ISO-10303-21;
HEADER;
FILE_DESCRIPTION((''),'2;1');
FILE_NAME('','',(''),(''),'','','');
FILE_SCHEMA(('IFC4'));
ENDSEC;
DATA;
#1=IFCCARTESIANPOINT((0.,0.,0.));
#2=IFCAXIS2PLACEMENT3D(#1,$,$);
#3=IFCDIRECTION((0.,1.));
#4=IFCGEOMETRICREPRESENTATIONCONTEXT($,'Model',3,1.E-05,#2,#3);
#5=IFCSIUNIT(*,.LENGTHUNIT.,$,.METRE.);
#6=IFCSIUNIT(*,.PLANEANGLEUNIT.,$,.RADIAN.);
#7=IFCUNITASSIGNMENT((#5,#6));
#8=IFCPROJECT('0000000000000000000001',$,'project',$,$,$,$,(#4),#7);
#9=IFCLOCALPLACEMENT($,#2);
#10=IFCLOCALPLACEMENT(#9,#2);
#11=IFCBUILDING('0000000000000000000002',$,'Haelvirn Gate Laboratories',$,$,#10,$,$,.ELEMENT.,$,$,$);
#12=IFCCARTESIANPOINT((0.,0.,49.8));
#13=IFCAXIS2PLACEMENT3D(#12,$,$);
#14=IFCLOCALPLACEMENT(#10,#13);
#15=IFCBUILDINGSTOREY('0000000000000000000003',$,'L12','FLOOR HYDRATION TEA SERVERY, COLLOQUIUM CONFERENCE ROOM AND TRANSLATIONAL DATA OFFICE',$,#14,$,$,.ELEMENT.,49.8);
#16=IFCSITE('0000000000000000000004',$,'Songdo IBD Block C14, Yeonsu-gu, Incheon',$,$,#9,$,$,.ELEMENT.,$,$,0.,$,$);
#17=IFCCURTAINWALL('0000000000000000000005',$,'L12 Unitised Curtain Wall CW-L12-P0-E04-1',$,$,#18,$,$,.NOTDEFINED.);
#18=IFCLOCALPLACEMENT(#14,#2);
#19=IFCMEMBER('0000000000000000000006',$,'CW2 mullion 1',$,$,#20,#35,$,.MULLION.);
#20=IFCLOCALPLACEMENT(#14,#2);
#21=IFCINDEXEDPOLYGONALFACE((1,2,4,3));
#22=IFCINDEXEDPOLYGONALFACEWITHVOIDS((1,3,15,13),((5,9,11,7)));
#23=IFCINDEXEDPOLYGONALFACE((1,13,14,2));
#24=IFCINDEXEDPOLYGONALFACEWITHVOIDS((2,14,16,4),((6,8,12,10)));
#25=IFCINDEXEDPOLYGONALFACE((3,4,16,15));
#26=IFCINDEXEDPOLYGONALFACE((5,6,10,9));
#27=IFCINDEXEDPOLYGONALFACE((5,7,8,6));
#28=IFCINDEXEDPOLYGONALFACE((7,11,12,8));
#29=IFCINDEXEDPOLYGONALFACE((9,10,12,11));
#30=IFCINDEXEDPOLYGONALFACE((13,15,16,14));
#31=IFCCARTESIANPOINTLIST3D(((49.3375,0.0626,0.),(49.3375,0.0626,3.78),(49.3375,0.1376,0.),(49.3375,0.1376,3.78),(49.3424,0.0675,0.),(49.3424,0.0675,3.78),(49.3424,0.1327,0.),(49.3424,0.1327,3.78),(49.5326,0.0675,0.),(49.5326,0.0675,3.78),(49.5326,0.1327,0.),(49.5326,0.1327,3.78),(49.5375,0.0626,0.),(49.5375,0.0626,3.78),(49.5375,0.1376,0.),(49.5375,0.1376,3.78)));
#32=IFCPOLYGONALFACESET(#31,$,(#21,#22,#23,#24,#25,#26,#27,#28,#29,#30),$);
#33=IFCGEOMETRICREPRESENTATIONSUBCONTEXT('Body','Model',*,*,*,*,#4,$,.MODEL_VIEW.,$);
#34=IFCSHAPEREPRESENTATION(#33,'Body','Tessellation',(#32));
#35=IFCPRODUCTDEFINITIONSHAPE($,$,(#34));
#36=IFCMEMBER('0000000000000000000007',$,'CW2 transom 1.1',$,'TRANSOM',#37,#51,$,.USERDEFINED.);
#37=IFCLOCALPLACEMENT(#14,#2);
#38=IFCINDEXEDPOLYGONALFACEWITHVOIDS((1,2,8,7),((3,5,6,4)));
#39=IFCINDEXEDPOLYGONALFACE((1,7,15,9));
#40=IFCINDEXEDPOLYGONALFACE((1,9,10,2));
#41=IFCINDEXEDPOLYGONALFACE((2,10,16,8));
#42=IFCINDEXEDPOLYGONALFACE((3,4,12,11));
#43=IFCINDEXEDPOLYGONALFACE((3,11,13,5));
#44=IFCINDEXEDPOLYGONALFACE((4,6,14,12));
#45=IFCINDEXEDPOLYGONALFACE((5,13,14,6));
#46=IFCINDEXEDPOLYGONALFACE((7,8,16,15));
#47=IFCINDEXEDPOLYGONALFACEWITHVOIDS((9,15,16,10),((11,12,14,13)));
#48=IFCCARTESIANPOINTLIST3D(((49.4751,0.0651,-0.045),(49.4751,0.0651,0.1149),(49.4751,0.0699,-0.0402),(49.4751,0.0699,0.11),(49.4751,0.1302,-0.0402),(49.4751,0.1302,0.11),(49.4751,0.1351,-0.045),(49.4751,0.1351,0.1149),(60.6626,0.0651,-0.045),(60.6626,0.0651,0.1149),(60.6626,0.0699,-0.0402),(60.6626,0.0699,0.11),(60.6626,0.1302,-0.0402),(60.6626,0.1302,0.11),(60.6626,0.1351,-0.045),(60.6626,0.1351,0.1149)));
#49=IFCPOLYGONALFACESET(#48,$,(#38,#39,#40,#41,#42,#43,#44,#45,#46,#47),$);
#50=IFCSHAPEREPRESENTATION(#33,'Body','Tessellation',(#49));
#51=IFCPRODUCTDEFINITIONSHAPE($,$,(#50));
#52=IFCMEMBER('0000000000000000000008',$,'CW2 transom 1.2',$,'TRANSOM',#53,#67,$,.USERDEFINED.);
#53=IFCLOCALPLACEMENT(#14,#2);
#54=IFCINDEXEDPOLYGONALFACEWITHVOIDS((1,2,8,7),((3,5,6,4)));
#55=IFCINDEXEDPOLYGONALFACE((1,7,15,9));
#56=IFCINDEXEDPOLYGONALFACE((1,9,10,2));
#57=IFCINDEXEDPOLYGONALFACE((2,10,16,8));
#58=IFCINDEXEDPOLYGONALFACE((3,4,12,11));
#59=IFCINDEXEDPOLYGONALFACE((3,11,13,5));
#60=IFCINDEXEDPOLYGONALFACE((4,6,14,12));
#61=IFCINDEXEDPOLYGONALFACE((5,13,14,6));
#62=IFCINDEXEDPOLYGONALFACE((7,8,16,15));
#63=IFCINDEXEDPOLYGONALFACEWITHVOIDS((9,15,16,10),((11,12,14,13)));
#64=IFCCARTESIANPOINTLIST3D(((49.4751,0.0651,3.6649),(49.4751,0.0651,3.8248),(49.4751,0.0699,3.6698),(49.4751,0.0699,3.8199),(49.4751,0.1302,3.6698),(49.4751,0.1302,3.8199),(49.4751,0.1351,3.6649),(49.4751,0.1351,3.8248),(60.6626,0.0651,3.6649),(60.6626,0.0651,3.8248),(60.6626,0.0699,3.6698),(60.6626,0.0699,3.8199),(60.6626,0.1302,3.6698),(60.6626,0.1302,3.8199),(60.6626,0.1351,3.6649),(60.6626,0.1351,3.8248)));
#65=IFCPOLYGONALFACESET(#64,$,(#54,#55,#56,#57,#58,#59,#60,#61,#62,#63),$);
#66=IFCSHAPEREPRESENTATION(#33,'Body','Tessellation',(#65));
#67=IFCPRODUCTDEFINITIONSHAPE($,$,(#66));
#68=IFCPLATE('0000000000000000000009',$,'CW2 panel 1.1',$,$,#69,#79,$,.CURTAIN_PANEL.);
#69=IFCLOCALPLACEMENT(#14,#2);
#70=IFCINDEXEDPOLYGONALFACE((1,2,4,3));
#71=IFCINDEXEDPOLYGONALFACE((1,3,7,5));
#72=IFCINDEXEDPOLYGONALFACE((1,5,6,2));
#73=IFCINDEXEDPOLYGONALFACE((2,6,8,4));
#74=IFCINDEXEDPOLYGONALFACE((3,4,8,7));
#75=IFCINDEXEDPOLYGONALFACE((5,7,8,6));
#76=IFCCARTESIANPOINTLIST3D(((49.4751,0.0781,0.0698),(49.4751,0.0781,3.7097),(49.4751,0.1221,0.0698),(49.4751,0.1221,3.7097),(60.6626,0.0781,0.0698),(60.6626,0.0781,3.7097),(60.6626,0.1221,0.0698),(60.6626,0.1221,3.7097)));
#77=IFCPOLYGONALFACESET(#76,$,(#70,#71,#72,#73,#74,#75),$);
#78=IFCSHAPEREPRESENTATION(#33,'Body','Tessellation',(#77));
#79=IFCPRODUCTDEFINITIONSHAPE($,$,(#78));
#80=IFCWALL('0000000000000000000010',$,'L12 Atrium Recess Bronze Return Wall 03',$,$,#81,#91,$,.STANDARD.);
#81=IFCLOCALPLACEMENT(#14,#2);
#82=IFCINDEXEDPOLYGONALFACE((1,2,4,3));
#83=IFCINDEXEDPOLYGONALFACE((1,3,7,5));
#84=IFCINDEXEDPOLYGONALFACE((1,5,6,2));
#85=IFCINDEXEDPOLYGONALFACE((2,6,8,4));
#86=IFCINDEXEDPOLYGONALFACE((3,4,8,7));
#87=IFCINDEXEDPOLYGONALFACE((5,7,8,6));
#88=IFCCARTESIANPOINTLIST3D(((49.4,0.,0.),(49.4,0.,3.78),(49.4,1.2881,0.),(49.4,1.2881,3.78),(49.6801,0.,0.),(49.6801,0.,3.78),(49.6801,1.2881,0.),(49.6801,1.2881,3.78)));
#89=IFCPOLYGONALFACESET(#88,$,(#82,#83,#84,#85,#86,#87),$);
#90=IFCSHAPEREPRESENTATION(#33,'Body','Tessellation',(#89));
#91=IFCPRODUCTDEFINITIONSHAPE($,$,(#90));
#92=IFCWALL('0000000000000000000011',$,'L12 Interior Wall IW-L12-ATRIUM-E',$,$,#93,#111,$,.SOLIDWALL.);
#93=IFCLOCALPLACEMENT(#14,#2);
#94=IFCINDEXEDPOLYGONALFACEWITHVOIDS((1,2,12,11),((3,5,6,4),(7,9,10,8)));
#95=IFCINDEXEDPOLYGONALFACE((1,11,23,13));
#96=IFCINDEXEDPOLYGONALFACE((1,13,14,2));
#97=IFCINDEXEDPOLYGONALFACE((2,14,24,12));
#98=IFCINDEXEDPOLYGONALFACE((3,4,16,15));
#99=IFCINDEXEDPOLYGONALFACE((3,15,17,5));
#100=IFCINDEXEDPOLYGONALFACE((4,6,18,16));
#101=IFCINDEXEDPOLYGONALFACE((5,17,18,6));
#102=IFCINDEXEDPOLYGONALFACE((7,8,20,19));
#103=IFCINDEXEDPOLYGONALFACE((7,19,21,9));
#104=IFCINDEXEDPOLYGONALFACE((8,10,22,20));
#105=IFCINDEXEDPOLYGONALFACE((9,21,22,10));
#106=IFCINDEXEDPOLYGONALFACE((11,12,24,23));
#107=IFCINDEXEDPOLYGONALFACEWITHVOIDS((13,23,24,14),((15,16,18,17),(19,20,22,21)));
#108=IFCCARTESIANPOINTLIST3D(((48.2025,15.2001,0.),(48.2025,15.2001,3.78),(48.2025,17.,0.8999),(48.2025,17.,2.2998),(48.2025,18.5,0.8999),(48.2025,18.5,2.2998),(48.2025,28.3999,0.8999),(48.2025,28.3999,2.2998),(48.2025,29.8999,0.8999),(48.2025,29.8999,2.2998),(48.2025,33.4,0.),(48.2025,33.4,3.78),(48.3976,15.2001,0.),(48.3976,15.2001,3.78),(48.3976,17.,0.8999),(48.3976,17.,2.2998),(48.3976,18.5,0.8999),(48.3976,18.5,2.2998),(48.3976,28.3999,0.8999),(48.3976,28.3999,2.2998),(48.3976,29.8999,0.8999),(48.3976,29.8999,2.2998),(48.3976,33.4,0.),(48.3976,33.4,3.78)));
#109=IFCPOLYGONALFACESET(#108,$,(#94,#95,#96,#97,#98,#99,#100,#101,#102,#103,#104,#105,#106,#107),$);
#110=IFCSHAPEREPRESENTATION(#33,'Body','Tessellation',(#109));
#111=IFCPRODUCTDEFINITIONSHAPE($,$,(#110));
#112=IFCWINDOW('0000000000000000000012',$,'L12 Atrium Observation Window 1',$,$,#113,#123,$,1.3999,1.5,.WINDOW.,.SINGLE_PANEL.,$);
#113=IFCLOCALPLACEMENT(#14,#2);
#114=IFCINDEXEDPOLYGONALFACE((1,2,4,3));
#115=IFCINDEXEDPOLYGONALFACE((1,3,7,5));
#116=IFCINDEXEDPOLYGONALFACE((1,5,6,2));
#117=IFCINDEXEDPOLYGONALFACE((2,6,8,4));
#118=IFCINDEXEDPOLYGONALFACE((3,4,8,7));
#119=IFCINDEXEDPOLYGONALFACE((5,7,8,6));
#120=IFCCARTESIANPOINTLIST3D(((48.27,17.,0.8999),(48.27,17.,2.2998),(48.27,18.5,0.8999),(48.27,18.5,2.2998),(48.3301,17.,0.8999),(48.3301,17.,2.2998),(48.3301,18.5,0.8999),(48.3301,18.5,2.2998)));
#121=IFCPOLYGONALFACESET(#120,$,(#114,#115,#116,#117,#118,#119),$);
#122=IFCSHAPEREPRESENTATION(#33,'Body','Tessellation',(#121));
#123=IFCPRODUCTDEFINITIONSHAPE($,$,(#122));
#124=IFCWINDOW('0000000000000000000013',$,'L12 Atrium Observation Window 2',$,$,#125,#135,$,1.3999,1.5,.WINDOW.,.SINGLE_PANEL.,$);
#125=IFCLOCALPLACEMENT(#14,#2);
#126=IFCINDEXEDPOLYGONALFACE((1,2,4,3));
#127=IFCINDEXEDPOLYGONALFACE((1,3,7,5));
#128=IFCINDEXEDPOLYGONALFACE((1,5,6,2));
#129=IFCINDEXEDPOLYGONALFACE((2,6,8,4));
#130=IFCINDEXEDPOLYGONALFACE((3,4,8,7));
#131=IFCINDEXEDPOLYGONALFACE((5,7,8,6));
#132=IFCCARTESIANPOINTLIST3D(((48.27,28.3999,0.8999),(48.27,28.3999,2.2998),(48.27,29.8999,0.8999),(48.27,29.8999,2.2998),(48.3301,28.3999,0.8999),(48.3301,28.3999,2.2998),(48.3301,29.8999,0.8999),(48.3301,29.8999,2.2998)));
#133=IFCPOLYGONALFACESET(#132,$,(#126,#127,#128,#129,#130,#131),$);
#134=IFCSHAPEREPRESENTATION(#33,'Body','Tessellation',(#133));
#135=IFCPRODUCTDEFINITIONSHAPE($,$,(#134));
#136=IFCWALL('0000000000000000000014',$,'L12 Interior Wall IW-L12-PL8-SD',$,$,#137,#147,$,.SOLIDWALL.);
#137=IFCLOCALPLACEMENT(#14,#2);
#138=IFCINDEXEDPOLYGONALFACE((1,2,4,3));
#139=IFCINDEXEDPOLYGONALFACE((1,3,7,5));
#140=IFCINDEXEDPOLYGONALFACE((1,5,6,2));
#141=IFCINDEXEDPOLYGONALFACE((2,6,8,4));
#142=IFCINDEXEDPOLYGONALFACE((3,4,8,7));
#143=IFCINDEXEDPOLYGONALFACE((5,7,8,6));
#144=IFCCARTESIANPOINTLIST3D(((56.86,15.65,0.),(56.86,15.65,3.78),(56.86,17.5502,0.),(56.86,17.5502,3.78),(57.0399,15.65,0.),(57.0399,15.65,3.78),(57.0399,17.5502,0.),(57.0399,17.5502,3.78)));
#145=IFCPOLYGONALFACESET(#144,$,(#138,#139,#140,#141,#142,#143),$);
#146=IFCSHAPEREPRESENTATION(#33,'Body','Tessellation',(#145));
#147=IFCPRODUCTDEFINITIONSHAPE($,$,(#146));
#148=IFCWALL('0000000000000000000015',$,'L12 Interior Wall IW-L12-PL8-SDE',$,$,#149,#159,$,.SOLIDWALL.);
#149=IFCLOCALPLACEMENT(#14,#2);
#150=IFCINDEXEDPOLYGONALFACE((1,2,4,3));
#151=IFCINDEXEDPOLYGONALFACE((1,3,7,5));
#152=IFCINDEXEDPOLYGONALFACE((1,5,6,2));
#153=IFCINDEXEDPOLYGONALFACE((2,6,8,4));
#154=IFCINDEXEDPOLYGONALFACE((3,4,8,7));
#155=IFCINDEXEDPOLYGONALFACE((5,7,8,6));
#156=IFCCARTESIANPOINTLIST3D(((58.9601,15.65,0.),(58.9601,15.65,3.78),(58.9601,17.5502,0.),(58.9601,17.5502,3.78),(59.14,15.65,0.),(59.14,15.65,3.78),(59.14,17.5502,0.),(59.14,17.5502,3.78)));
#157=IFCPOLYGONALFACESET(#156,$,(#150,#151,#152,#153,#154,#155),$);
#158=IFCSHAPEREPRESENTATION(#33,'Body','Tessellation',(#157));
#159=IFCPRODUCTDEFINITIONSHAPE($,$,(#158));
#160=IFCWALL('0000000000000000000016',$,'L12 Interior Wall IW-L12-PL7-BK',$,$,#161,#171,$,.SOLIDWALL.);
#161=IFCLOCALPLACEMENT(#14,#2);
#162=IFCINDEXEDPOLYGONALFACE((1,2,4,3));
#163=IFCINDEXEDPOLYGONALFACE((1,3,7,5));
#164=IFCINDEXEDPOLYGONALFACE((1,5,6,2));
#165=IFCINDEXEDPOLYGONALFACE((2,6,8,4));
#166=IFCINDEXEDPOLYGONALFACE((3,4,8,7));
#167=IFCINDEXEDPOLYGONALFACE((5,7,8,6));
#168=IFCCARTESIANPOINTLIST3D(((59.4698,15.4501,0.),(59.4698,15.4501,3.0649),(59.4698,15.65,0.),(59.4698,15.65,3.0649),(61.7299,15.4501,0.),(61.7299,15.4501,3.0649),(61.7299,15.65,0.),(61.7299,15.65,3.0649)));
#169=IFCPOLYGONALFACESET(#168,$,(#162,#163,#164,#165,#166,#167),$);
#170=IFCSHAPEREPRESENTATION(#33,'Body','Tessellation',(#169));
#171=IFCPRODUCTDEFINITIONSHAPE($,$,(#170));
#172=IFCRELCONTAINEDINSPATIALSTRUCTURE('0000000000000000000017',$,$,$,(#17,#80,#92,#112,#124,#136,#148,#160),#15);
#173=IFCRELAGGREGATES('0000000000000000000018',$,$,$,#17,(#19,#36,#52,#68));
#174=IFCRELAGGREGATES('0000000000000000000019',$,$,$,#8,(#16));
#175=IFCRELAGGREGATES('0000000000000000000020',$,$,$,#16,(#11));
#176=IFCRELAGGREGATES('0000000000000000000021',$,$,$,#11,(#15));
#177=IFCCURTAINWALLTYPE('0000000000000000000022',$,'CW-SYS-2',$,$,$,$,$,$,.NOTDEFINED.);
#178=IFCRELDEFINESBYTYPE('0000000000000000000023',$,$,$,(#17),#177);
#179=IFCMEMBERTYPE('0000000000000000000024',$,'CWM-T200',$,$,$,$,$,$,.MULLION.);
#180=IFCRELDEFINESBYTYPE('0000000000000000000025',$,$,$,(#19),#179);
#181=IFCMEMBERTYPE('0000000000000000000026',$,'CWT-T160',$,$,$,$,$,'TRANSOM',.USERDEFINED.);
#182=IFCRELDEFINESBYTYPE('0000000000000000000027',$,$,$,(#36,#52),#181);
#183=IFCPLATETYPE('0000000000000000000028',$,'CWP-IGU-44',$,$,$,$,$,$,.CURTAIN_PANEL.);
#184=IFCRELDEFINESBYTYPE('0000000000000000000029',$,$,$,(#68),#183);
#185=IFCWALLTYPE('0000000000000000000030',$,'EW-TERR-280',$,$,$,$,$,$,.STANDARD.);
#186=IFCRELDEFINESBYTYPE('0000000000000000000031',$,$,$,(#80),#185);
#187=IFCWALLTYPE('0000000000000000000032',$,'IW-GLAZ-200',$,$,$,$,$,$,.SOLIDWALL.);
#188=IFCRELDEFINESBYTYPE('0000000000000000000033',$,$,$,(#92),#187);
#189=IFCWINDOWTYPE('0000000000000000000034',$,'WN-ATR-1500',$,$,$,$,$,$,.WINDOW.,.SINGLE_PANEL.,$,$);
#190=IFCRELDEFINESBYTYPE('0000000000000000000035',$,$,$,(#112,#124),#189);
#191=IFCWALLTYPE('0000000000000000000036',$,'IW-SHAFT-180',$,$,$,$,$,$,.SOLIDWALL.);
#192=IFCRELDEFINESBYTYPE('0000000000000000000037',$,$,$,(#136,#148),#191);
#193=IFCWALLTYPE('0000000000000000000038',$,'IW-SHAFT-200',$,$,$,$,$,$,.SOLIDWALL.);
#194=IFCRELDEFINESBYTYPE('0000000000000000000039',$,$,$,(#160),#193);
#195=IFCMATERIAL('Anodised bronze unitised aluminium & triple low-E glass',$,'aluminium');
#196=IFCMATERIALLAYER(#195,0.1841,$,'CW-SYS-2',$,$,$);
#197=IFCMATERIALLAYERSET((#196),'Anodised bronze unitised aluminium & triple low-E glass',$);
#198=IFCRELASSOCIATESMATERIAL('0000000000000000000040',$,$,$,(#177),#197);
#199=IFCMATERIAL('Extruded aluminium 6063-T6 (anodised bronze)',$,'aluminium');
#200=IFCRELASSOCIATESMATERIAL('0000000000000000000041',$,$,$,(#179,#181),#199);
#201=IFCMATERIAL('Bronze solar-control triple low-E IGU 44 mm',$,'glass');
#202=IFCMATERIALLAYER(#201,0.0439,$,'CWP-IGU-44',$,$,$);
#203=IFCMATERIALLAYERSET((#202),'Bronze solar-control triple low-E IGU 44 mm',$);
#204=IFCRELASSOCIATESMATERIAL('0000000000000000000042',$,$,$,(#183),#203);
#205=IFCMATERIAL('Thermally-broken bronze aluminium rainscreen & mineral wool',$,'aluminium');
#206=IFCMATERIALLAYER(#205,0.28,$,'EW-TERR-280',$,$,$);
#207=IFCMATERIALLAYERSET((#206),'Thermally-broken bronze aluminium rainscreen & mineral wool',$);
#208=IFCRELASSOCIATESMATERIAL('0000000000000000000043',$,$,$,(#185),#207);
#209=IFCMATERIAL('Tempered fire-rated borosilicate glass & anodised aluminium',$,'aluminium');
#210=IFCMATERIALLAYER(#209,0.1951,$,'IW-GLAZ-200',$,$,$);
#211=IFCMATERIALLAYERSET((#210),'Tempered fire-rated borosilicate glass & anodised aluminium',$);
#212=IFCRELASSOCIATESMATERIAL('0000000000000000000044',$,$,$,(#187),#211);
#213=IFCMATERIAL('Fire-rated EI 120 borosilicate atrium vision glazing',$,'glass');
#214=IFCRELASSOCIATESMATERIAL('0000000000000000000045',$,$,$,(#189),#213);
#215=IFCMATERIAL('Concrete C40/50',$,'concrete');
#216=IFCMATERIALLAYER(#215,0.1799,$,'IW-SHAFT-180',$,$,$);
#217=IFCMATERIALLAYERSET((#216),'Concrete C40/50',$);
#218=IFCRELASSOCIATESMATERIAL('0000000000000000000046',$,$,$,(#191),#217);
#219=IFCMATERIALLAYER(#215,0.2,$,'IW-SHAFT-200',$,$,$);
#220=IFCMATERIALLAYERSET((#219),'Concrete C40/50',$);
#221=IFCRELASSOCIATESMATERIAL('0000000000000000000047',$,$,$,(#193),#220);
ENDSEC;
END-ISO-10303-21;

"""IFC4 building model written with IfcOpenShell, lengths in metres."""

from ifc_helpers import new_model, si_unit, direction, frame, frame_2d, origin, origin_2d, place, context, subcontext, project, spatial, rectangle, hollow_rectangle, extrude, source, transform, mapped, material, layer, layer_set, material_profile, profile_set, type_object, type_shapes, element, fill, aggregate, save


model = new_model("IFC4")

# Units and contexts
model_context = context("Model", 3, precision=1e-05, world=origin(), true_north=direction((0.0, 1.0)))
body_context = subcontext(model_context, "Body", "Model", "MODEL_VIEW")
ifc_project = project(units=[si_unit("LENGTHUNIT", "METRE"), si_unit("PLANEANGLEUNIT", "RADIAN")], contexts=[model_context])

# Site, building, storey
site_placement = place(None, origin())
site = spatial("IfcSite", under=ifc_project, at=site_placement, Name="Songdo IBD Block C14, Yeonsu-gu, Incheon", CompositionType="ELEMENT", RefElevation=0.0)
building_placement = place(site_placement, origin())
building = spatial("IfcBuilding", under=site, at=building_placement, Name="Haelvirn Gate Laboratories", CompositionType="ELEMENT")
storey_placement = place(building_placement, frame((0.0, 0.0, 49.8)))
storey = spatial("IfcBuildingStorey", under=building, at=storey_placement, Name="L12", Description="FLOOR HYDRATION TEA SERVERY, COLLOQUIUM CONFERENCE ROOM AND TRANSLATIONAL DATA OFFICE", CompositionType="ELEMENT", Elevation=49.8)

# Shared definitions
ifc_material_1 = material(Name="Anodised bronze unitised aluminium & triple low-E glass", Category="aluminium")
ifc_layer_1 = layer(ifc_material_1, 0.1841, Name="CW-SYS-2")
ifc_layer_set_1 = layer_set([ifc_layer_1], Name="Anodised bronze unitised aluminium & triple low-E glass")
curtain_wall_type = type_object("IfcCurtainWallType", Name="CW-SYS-2", PredefinedType="NOTDEFINED", material=ifc_layer_set_1)
ifc_material_2 = material(Name="Extruded aluminium 6063-T6 (anodised bronze)", Category="aluminium")
ifc_material_profile_1 = material_profile(ifc_material_2, hollow_rectangle(XDim=0.075, YDim=0.2, WallThickness=0.0049, at=origin_2d()), Name="CWM-200x75x5")
ifc_profile_set_1 = profile_set([ifc_material_profile_1], Name="Extruded aluminium 6063-T6 (anodised bronze)")
member_type_1 = type_object("IfcMemberType", Name="CWM-T200", PredefinedType="MULLION", material=ifc_profile_set_1)
shared_shape_1 = source(origin(), body_context, "Body", "SweptSolid", [
    extrude(hollow_rectangle(XDim=0.075, YDim=0.2, WallThickness=0.0049, at=origin_2d()), origin(), (0.0, 0.0, 1.0), 3.78),
])
type_shapes(member_type_1, [shared_shape_1])

# Curtain wall, members, plate
curtain_wall_1_placement = place(storey_placement, origin())
curtain_wall_1 = element("IfcCurtainWall", 1, at=curtain_wall_1_placement, inside=storey, type_object=curtain_wall_type, Name="L12 Unitised Curtain Wall CW-L12-P0-E04-1", PredefinedType="NOTDEFINED")
member_1_placement = place(storey_placement, frame((49.4375, 0.1001, 0.0), z_axis=(0.0, 0.0, 1.0), x_axis=(0.0, 1.0, 0.0)))
member_1 = element("IfcMember", 2, at=member_1_placement, type_object=member_type_1, Name="CW2 mullion 1", PredefinedType="MULLION", context=body_context, shape_type="MappedRepresentation", body=[
    mapped(shared_shape_1, transform((0.0, 0.0, 0.0), scale=1.0)),
])
ifc_material_profile_2 = material_profile(ifc_material_2, hollow_rectangle(XDim=0.0701, YDim=0.1599, WallThickness=0.0049, at=origin_2d()), Name="CWT-160x70x5")
ifc_profile_set_2 = profile_set([ifc_material_profile_2], Name="Extruded aluminium 6063-T6 (anodised bronze)")
member_type_2 = type_object("IfcMemberType", Name="CWT-T160", ElementType="TRANSOM", PredefinedType="USERDEFINED", material=ifc_profile_set_2)
shared_shape_2 = source(origin(), body_context, "Body", "SweptSolid", [
    extrude(hollow_rectangle(XDim=0.0701, YDim=0.1599, WallThickness=0.0049, at=origin_2d()), origin(), (0.0, 0.0, 1.0), 11.1875),
])
type_shapes(member_type_2, [shared_shape_2])
member_2_placement = place(storey_placement, frame((49.4751, 0.1001, 0.0349), z_axis=(1.0, 0.0, 0.0), x_axis=(0.0, 1.0, 0.0)))
member_2 = element("IfcMember", 3, at=member_2_placement, type_object=member_type_2, Name="CW2 transom 1.1", ObjectType="TRANSOM", PredefinedType="USERDEFINED", context=body_context, shape_type="MappedRepresentation", body=[
    mapped(shared_shape_2, transform((0.0, 0.0, 0.0), scale=1.0)),
])
member_3_placement = place(storey_placement, frame((49.4751, 0.1001, 3.7449), z_axis=(1.0, 0.0, 0.0), x_axis=(0.0, 1.0, 0.0)))
member_3 = element("IfcMember", 4, at=member_3_placement, type_object=member_type_2, Name="CW2 transom 1.2", ObjectType="TRANSOM", PredefinedType="USERDEFINED", context=body_context, shape_type="MappedRepresentation", body=[
    mapped(shared_shape_2, transform((0.0, 0.0, 0.0), scale=1.0)),
])
ifc_material_3 = material(Name="Bronze solar-control triple low-E IGU 44 mm", Category="glass")
ifc_layer_2 = layer(ifc_material_3, 0.0439, Name="CWP-IGU-44")
ifc_layer_set_2 = layer_set([ifc_layer_2], Name="Bronze solar-control triple low-E IGU 44 mm")
plate_type = type_object("IfcPlateType", Name="CWP-IGU-44", PredefinedType="CURTAIN_PANEL", material=ifc_layer_set_2)
shared_shape_3 = source(origin(), body_context, "Body", "SweptSolid", [
    extrude(rectangle(XDim=11.1875, YDim=0.0439, at=origin_2d()), origin(), (0.0, 0.0, 1.0), 3.6399),
])
type_shapes(plate_type, [shared_shape_3])
plate_placement = place(storey_placement, frame((55.0688, 0.1001, 0.0698), z_axis=(0.0, 0.0, 1.0), x_axis=(1.0, 0.0, 0.0)))
plate = element("IfcPlate", 5, at=plate_placement, type_object=plate_type, Name="CW2 panel 1.1", PredefinedType="CURTAIN_PANEL", context=body_context, shape_type="MappedRepresentation", body=[
    mapped(shared_shape_3, transform((0.0, 0.0, 0.0), scale=1.0)),
])
aggregate(curtain_wall_1, [member_1, member_2, member_3, plate])

# Wall
ifc_material_4 = material(Name="Thermally-broken bronze aluminium rainscreen & mineral wool", Category="aluminium")
ifc_layer_3 = layer(ifc_material_4, 0.28, Name="EW-TERR-280")
ifc_layer_set_3 = layer_set([ifc_layer_3], Name="Thermally-broken bronze aluminium rainscreen & mineral wool")
wall_type_1 = type_object("IfcWallType", Name="EW-TERR-280", PredefinedType="STANDARD", material=ifc_layer_set_3)
wall_1_placement = place(storey_placement, frame((49.54, 1.2881, 0.0), z_axis=(0.0, 0.0, 1.0), x_axis=(0.0, -1.0, 0.0)))
element("IfcWall", 6, at=wall_1_placement, inside=storey, type_object=wall_type_1, Name="L12 Atrium Recess Bronze Return Wall 03", PredefinedType="STANDARD", context=body_context, shape_type="SweptSolid", body=[
    extrude(rectangle(XDim=1.2881, YDim=0.28, at=frame_2d((0.644, 0.0))), origin(), (0.0, 0.0, 1.0), 3.78),
])

# Wall, openings, windows
ifc_material_5 = material(Name="Tempered fire-rated borosilicate glass & anodised aluminium", Category="aluminium")
ifc_layer_4 = layer(ifc_material_5, 0.1951, Name="IW-GLAZ-200")
ifc_layer_set_4 = layer_set([ifc_layer_4], Name="Tempered fire-rated borosilicate glass & anodised aluminium")
wall_type_2 = type_object("IfcWallType", Name="IW-GLAZ-200", PredefinedType="SOLIDWALL", material=ifc_layer_set_4)
wall_2_placement = place(storey_placement, frame((48.3, 15.2, 0.0), z_axis=(0.0, 0.0, 1.0), x_axis=(0.0, 1.0, 0.0)))
wall_2 = element("IfcWall", 7, at=wall_2_placement, inside=storey, type_object=wall_type_2, Name="L12 Interior Wall IW-L12-ATRIUM-E", PredefinedType="SOLIDWALL", context=body_context, shape_type="SweptSolid", body=[
    extrude(rectangle(XDim=18.2, YDim=0.1951, at=frame_2d((9.1001, 0.0))), origin(), (0.0, 0.0, 1.0), 3.78),
])
opening_1_placement = place(wall_2_placement, frame((1.8, 0.0, 0.8999)))
opening_1 = element("IfcOpeningElement", 8, at=opening_1_placement, cuts=wall_2, PredefinedType="OPENING", context=body_context, shape_type="SweptSolid", body=[
    extrude(rectangle(XDim=1.5, YDim=1.3999, at=frame_2d((0.75, 0.7))), frame((0.0, 0.1074, 0.0), z_axis=(0.0, -1.0, 0.0), x_axis=(1.0, 0.0, 0.0)), (0.0, 0.0, 1.0), 0.2151),
])
opening_2_placement = place(wall_2_placement, frame((13.2, 0.0, 0.8999)))
opening_2 = element("IfcOpeningElement", 9, at=opening_2_placement, cuts=wall_2, PredefinedType="OPENING", context=body_context, shape_type="SweptSolid", body=[
    extrude(rectangle(XDim=1.5, YDim=1.3999, at=frame_2d((0.75, 0.7))), frame((0.0, 0.1074, 0.0), z_axis=(0.0, -1.0, 0.0), x_axis=(1.0, 0.0, 0.0)), (0.0, 0.0, 1.0), 0.2151),
])
ifc_material_6 = material(Name="Fire-rated EI 120 borosilicate atrium vision glazing", Category="glass")
window_type = type_object("IfcWindowType", Name="WN-ATR-1500", PartitioningType="SINGLE_PANEL", PredefinedType="WINDOW", material=ifc_material_6)
shared_shape_4 = source(origin(), body_context, "Body", "SweptSolid", [
    extrude(rectangle(XDim=1.5, YDim=1.3999, at=frame_2d((0.75, 0.7))), frame((0.0, 0.03, 0.0), z_axis=(0.0, -1.0, 0.0), x_axis=(1.0, 0.0, 0.0)), (0.0, 0.0, 1.0), 0.0601),
])
type_shapes(window_type, [shared_shape_4])
window_1_placement = place(opening_1_placement, origin())
window_1 = element("IfcWindow", 10, at=window_1_placement, inside=storey, type_object=window_type, Name="L12 Atrium Observation Window 1", OverallHeight=1.3999, OverallWidth=1.5, PartitioningType="SINGLE_PANEL", PredefinedType="WINDOW", context=body_context, shape_type="MappedRepresentation", body=[
    mapped(shared_shape_4, transform((0.0, 0.0, 0.0), scale=1.0)),
])
fill(opening_1, window_1)
window_2_placement = place(opening_2_placement, origin())
window_2 = element("IfcWindow", 11, at=window_2_placement, inside=storey, type_object=window_type, Name="L12 Atrium Observation Window 2", OverallHeight=1.3999, OverallWidth=1.5, PartitioningType="SINGLE_PANEL", PredefinedType="WINDOW", context=body_context, shape_type="MappedRepresentation", body=[
    mapped(shared_shape_4, transform((0.0, 0.0, 0.0), scale=1.0)),
])
fill(opening_2, window_2)

# Walls
ifc_material_7 = material(Name="Concrete C40/50", Category="concrete")
ifc_layer_5 = layer(ifc_material_7, 0.1799, Name="IW-SHAFT-180")
ifc_layer_set_5 = layer_set([ifc_layer_5], Name="Concrete C40/50")
wall_type_3 = type_object("IfcWallType", Name="IW-SHAFT-180", PredefinedType="SOLIDWALL", material=ifc_layer_set_5)
for number, where, z_axis, x_axis, name in (
    (12, (56.95, 15.6499, 0.0), (0.0, 0.0, 1.0), (0.0, 1.0, 0.0), "L12 Interior Wall IW-L12-PL8-SD"),
    (13, (59.05, 15.6499, 0.0), (0.0, 0.0, 1.0), (0.0, 1.0, 0.0), "L12 Interior Wall IW-L12-PL8-SDE"),
):
    element("IfcWall", number, at=place(storey_placement, frame(where, z_axis=z_axis, x_axis=x_axis)), inside=storey, type_object=wall_type_3, Name=name, PredefinedType="SOLIDWALL", context=body_context, shape_type="SweptSolid", body=[
        extrude(rectangle(XDim=1.9001, YDim=0.1799, at=frame_2d((0.9502, 0.0))), origin(), (0.0, 0.0, 1.0), 3.78),
    ])
ifc_layer_6 = layer(ifc_material_7, 0.2, Name="IW-SHAFT-200")
ifc_layer_set_6 = layer_set([ifc_layer_6], Name="Concrete C40/50")
wall_type_4 = type_object("IfcWallType", Name="IW-SHAFT-200", PredefinedType="SOLIDWALL", material=ifc_layer_set_6)
wall_3_placement = place(storey_placement, frame((59.47, 15.55, 0.0), z_axis=(0.0, 0.0, 1.0), x_axis=(1.0, 0.0, 0.0)))
element("IfcWall", 14, at=wall_3_placement, inside=storey, type_object=wall_type_4, Name="L12 Interior Wall IW-L12-PL7-BK", PredefinedType="SOLIDWALL", context=body_context, shape_type="SweptSolid", body=[
    extrude(rectangle(XDim=2.26, YDim=0.2, at=frame_2d((1.1299, 0.0))), origin(), (0.0, 0.0, 1.0), 3.0649),
])

save(model, "model.ifc")
